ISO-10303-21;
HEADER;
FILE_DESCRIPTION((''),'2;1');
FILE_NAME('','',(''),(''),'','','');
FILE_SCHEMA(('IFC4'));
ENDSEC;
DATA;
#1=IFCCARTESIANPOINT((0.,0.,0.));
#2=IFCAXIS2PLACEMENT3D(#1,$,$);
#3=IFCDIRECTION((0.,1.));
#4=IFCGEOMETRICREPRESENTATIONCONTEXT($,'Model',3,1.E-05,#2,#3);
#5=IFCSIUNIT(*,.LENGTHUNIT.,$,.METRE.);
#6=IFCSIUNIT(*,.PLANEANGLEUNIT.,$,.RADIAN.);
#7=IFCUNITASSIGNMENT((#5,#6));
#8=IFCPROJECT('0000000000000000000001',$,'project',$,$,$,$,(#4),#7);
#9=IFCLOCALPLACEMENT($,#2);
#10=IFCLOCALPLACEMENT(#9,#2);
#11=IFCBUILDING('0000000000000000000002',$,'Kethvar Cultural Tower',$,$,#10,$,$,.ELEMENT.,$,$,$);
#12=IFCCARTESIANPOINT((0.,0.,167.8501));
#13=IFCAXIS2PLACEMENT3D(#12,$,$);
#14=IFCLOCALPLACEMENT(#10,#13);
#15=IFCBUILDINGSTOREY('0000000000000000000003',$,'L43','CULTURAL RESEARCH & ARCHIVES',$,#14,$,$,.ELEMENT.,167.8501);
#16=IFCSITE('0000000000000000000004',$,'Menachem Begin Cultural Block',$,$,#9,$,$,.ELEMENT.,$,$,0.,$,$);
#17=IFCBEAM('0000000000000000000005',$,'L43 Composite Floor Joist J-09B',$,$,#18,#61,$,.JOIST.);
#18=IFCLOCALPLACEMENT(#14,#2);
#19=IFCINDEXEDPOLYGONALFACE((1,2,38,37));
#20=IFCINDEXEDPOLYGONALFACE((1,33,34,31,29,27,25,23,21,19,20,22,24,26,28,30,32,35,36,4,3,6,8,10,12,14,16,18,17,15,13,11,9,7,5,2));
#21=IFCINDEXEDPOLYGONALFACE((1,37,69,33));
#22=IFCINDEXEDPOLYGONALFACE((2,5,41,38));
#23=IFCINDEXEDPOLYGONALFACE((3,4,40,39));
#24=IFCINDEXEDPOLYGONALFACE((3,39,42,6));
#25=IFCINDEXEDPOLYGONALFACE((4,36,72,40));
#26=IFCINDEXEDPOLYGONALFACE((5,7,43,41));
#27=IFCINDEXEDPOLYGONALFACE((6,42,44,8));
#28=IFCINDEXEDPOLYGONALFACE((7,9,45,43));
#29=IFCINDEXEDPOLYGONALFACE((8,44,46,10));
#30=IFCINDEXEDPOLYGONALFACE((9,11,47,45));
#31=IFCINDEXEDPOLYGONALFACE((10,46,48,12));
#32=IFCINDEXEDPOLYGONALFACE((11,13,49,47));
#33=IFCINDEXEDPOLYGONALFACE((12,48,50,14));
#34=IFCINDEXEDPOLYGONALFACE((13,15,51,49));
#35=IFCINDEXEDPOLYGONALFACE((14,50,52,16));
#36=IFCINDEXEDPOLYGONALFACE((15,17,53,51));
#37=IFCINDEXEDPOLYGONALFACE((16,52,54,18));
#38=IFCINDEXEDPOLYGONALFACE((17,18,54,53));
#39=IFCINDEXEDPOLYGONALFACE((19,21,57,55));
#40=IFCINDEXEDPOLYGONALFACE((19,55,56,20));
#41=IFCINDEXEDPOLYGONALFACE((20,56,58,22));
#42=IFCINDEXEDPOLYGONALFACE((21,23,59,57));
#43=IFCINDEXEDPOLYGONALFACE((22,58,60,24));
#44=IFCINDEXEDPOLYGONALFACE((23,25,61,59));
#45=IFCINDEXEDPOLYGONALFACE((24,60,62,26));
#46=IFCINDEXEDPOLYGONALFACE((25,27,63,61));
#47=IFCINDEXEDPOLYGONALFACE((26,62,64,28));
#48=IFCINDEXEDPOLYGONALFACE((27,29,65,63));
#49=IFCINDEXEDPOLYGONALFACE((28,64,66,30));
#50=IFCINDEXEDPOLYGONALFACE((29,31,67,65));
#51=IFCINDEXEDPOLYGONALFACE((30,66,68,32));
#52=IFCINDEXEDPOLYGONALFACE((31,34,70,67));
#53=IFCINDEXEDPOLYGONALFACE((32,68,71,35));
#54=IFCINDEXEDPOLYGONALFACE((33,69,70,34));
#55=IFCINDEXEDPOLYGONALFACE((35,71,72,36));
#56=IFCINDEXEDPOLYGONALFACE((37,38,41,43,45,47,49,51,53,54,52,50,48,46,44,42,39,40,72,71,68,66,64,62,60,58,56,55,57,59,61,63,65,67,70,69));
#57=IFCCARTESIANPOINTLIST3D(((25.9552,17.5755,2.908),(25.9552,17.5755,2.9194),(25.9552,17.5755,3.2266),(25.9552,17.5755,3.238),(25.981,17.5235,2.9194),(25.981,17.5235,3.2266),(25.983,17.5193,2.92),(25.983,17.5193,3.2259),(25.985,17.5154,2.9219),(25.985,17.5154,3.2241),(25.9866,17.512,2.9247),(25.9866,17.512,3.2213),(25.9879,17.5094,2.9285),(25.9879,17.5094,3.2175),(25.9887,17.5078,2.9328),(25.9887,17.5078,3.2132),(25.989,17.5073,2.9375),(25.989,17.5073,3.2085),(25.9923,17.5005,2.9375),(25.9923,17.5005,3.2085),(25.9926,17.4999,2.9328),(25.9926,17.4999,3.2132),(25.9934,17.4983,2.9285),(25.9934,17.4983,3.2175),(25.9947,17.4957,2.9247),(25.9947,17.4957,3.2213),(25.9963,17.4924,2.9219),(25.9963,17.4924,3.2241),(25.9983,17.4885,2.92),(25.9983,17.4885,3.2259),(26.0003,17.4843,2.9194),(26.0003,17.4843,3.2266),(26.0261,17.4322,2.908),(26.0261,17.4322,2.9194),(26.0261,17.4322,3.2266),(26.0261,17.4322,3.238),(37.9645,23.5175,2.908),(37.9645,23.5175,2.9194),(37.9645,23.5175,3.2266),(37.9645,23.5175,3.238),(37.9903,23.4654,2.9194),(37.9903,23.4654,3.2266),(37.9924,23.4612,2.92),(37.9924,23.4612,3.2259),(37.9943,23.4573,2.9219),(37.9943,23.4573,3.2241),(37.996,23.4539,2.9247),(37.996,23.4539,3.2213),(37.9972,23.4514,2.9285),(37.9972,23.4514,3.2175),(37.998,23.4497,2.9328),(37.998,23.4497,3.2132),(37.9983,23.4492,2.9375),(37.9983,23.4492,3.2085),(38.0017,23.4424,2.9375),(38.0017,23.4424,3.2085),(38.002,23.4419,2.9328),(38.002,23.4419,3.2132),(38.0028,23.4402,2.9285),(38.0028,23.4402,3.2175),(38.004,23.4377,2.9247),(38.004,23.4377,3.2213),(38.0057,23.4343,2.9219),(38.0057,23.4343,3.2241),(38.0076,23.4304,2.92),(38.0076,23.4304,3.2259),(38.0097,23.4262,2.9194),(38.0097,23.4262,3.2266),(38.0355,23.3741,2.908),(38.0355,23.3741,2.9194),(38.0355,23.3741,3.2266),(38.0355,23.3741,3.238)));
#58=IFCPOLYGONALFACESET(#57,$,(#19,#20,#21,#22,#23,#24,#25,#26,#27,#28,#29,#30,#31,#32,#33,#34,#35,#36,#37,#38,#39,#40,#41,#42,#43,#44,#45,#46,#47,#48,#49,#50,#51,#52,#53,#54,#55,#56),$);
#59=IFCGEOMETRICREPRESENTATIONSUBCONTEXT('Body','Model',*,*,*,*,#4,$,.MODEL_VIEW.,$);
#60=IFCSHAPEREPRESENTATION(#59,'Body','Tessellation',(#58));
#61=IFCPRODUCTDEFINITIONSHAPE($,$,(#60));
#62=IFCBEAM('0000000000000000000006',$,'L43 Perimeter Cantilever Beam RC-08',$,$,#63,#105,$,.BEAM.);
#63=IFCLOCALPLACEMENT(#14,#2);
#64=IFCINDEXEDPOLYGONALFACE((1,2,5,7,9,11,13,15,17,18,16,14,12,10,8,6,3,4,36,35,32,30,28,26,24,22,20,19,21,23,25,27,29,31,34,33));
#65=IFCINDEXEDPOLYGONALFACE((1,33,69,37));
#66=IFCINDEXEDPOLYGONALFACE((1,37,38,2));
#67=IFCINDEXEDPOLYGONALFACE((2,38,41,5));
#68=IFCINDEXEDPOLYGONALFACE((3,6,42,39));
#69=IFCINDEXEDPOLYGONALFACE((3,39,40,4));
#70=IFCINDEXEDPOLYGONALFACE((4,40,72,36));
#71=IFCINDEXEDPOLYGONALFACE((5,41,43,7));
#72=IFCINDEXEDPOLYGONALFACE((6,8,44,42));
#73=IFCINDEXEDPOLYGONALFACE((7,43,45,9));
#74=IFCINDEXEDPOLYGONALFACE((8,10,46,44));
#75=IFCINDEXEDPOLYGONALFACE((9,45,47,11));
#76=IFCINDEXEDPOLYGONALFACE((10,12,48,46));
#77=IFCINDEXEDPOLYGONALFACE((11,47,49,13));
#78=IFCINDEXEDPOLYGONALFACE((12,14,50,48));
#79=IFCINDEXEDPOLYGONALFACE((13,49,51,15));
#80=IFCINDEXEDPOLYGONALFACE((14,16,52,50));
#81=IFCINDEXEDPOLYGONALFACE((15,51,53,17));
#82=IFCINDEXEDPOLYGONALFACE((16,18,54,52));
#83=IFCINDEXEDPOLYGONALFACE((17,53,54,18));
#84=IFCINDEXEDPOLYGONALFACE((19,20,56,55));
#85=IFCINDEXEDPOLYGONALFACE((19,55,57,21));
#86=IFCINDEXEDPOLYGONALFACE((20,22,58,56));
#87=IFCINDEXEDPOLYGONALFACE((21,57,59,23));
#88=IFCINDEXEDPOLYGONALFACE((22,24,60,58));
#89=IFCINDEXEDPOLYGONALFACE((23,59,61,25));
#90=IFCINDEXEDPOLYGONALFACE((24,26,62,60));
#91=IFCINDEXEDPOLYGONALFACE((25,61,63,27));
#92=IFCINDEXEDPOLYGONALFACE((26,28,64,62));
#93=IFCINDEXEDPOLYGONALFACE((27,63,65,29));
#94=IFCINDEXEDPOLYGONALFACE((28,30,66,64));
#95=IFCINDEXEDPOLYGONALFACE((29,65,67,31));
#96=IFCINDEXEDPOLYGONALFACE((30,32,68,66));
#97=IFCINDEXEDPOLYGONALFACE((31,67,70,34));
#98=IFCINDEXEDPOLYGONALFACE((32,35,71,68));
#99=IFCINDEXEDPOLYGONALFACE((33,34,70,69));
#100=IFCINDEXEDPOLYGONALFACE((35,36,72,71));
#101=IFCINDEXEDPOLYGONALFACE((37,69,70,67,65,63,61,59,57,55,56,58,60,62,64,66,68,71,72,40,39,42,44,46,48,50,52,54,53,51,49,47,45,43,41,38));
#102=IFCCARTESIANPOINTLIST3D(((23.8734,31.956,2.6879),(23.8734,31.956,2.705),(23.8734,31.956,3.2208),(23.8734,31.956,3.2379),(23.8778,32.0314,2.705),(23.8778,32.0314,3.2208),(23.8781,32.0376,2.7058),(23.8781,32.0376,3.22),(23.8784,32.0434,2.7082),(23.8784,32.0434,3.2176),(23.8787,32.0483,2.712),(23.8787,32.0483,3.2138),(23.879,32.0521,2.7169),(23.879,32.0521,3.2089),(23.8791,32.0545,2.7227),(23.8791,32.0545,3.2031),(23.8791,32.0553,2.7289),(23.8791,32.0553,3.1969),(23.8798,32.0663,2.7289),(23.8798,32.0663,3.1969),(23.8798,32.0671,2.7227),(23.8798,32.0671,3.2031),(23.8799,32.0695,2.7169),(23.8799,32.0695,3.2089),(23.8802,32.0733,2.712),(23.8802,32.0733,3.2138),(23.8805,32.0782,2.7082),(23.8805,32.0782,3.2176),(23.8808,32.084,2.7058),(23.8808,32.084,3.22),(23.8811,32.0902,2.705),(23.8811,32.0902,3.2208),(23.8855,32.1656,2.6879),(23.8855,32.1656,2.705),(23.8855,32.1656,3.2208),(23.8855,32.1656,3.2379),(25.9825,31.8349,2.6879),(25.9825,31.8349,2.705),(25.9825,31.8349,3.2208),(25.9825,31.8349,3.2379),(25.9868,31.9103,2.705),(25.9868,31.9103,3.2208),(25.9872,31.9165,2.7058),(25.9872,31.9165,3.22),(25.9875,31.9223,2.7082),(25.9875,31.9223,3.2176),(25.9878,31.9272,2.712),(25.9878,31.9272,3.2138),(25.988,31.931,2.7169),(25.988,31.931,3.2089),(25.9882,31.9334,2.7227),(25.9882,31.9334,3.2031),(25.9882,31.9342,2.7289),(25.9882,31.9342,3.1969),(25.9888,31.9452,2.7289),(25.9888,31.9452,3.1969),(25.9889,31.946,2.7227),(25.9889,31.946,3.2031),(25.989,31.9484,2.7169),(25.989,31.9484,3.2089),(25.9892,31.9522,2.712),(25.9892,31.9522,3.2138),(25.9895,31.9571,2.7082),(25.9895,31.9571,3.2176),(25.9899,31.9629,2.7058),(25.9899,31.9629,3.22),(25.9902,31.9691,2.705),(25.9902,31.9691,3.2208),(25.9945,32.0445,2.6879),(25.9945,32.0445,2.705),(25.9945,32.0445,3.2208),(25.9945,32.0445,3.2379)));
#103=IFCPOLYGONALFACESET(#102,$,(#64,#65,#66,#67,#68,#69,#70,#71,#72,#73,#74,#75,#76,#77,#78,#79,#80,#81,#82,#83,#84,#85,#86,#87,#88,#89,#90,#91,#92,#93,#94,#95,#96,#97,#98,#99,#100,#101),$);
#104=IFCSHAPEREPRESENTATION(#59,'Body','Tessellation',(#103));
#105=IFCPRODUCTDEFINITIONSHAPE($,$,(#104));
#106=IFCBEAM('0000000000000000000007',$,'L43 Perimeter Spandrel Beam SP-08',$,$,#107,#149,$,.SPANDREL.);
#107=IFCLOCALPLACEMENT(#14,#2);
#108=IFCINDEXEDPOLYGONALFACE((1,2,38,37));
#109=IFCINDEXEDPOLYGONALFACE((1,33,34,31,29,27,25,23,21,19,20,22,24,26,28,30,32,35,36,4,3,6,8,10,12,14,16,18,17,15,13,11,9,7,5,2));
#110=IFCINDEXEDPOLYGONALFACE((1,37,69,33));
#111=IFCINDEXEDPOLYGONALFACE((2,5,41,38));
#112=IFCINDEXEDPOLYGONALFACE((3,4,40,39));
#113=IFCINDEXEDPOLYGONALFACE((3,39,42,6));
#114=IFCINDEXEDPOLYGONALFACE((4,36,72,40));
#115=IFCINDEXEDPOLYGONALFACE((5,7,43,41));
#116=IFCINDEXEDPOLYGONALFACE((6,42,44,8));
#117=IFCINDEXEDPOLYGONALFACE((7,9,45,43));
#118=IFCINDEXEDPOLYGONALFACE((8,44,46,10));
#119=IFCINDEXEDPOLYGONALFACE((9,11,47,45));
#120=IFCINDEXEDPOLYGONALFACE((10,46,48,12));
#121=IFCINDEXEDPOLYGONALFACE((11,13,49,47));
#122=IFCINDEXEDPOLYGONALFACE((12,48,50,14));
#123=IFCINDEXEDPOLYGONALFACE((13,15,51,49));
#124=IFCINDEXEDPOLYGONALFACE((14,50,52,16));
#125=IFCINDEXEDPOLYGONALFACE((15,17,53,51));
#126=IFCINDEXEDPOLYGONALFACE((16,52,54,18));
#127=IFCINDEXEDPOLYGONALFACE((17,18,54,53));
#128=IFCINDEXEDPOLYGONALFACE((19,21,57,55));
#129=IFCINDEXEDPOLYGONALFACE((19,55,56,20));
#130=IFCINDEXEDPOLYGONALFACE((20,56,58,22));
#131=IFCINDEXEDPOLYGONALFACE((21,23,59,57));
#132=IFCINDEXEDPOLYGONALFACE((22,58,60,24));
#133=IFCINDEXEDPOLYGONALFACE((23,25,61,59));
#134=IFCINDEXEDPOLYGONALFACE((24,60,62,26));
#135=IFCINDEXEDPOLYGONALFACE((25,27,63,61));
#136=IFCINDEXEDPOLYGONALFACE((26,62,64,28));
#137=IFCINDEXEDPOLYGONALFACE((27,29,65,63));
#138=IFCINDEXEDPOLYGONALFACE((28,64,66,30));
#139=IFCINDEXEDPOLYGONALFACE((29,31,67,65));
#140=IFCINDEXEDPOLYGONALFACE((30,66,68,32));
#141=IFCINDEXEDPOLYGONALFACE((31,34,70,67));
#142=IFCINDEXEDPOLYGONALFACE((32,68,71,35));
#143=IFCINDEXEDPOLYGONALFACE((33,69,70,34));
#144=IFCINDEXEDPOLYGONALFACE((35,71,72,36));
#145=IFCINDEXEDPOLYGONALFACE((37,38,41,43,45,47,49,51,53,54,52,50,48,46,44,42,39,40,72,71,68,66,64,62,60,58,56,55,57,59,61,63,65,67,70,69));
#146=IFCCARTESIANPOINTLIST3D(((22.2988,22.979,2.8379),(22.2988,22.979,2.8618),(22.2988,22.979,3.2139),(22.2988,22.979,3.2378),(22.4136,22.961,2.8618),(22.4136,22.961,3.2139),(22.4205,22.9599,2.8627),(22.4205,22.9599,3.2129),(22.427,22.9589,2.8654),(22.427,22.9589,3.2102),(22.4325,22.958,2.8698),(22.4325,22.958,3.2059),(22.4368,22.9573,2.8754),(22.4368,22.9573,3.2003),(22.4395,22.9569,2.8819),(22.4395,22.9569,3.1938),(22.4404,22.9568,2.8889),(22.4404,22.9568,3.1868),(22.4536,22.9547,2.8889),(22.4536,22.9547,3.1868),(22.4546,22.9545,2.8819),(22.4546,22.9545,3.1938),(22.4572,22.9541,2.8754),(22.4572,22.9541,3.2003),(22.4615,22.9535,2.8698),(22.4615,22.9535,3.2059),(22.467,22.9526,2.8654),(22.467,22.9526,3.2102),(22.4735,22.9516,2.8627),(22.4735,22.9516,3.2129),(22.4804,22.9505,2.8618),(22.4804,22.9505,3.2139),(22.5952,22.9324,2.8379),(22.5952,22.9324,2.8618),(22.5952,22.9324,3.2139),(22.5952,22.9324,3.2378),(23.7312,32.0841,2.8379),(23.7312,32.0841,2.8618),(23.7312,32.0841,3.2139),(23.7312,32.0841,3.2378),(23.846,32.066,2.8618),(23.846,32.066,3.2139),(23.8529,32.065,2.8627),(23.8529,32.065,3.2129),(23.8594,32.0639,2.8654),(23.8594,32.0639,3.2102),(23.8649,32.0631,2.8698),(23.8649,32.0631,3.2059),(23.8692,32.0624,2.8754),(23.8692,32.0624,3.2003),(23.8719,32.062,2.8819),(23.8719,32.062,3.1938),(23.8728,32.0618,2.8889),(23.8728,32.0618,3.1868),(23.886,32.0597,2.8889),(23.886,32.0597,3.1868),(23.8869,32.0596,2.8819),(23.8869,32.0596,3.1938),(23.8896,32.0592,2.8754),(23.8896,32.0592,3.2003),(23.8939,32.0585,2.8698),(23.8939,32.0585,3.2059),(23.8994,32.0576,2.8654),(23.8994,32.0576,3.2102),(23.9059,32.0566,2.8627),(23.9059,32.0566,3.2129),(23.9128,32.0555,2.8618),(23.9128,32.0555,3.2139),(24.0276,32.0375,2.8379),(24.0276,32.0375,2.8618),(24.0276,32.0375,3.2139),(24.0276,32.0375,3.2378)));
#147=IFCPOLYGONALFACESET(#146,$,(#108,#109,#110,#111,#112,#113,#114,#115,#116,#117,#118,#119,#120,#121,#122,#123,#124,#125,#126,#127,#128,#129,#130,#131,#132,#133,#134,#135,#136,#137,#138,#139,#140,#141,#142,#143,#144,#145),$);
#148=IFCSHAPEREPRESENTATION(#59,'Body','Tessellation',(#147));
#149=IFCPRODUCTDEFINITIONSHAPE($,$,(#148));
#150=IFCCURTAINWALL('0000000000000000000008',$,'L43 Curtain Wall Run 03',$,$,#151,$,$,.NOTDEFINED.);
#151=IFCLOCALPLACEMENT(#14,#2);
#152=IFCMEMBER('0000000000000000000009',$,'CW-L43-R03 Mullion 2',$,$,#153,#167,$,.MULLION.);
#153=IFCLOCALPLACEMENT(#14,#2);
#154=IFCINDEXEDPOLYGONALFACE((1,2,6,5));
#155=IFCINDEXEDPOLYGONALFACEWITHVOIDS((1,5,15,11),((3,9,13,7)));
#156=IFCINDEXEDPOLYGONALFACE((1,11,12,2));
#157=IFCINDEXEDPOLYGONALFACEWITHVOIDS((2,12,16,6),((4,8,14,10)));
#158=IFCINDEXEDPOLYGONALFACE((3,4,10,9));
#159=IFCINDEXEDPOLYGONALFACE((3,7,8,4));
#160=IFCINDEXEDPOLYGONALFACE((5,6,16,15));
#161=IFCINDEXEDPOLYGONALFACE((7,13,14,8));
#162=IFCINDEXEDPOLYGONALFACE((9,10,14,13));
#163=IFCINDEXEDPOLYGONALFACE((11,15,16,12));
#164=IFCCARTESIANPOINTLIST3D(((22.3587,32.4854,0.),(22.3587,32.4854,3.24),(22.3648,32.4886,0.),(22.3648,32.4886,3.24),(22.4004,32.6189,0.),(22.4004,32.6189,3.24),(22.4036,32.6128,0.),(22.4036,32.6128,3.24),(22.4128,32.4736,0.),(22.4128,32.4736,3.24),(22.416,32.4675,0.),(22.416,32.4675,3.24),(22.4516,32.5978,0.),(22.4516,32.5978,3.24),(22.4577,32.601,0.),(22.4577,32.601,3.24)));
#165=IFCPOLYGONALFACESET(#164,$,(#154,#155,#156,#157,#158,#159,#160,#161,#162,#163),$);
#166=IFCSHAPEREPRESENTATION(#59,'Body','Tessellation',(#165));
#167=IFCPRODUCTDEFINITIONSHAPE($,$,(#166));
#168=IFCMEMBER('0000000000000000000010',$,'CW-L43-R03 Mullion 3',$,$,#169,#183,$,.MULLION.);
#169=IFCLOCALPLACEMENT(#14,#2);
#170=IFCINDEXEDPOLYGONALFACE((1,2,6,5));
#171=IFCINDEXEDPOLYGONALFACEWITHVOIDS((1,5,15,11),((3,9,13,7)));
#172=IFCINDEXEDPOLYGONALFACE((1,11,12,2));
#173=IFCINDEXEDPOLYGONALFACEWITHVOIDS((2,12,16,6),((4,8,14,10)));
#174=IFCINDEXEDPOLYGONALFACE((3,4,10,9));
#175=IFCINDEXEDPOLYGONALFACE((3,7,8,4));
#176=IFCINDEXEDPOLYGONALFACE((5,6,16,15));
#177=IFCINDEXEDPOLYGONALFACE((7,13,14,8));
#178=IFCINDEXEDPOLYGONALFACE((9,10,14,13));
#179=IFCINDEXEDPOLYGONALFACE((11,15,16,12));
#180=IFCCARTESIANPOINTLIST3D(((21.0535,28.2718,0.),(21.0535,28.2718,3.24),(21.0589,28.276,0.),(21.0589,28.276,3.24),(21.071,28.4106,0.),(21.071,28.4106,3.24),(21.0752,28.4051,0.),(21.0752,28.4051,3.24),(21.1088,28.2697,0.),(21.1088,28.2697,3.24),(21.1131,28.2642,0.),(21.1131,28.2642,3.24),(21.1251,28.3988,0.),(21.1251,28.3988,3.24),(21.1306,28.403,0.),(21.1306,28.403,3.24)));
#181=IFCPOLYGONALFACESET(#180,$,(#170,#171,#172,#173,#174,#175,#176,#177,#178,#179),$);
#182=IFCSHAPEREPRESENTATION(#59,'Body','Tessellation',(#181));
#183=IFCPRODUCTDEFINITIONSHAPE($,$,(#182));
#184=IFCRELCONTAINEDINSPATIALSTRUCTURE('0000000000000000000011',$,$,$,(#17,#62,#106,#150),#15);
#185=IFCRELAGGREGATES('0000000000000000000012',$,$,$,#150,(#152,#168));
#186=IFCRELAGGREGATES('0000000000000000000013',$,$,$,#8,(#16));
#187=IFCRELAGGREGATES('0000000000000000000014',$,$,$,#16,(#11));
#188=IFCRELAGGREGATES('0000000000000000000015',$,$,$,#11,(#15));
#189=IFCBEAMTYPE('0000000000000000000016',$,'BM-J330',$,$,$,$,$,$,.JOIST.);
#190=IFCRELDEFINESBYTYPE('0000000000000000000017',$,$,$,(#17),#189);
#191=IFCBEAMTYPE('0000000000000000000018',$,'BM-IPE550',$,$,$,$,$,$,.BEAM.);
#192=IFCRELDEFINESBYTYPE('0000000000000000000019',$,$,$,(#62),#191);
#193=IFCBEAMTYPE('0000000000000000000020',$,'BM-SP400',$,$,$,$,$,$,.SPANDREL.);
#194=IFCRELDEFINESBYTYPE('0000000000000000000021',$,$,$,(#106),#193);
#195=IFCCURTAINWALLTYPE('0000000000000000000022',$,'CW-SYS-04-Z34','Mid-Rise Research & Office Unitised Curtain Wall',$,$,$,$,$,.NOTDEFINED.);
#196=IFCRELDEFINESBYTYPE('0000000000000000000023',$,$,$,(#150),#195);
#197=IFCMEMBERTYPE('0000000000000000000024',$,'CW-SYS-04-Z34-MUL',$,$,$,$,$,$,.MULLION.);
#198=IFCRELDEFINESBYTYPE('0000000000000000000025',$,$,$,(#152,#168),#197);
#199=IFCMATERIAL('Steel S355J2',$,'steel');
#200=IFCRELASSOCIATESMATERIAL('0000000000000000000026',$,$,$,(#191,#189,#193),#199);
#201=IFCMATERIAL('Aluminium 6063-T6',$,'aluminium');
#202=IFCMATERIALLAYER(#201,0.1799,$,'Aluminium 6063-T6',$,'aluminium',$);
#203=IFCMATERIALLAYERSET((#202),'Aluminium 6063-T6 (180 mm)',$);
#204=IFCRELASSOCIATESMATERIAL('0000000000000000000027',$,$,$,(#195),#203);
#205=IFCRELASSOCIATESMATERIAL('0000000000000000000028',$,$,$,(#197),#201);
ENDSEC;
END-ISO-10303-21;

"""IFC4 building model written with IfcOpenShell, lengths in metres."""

from ifc_helpers import new_model, si_unit, direction, frame, origin, origin_2d, place, context, subcontext, project, spatial, hollow_rectangle, i_section, extrude, source, transform, mapped, material, layer, layer_set, material_profile, profile_set, type_object, element, aggregate, save


model = new_model("IFC4")

# Units and contexts
model_context = context("Model", 3, precision=1e-05, world=origin(), true_north=direction((0.0, 1.0)))
body_context = subcontext(model_context, "Body", "Model", "MODEL_VIEW")
ifc_project = project(units=[si_unit("LENGTHUNIT", "METRE"), si_unit("PLANEANGLEUNIT", "RADIAN")], contexts=[model_context])

# Site, building, storey
site_placement = place(None, origin())
site = spatial("IfcSite", under=ifc_project, at=site_placement, Name="Menachem Begin Cultural Block", CompositionType="ELEMENT", RefElevation=0.0)
building_placement = place(site_placement, origin())
building = spatial("IfcBuilding", under=site, at=building_placement, Name="Kethvar Cultural Tower", CompositionType="ELEMENT")
storey_placement = place(building_placement, frame((0.0, 0.0, 167.8501)))
storey = spatial("IfcBuildingStorey", under=building, at=storey_placement, Name="L43", Description="CULTURAL RESEARCH & ARCHIVES", CompositionType="ELEMENT", Elevation=167.8501)

# Beams
ifc_material_1 = material(Name="Steel S355J2", Category="steel")
ifc_material_profile_1 = material_profile(ifc_material_1, i_section(OverallWidth=0.21, OverallDepth=0.55, WebThickness=0.011, FlangeThickness=0.0171, FilletRadius=0.0239, at=origin_2d()), Name="Steel S355J2 — IPE550")
ifc_profile_set_1 = profile_set([ifc_material_profile_1], Name="Steel S355J2 — IPE550")
beam_type_1 = type_object("IfcBeamType", Name="BM-IPE550", PredefinedType="BEAM", material=ifc_profile_set_1)
ifc_material_profile_2 = material_profile(ifc_material_1, i_section(OverallWidth=0.1599, OverallDepth=0.3301, WebThickness=0.0076, FlangeThickness=0.0115, FilletRadius=0.0181, at=origin_2d()), Name="Steel S355J2 — IPE330")
ifc_profile_set_2 = profile_set([ifc_material_profile_2], Name="Steel S355J2 — IPE330")
beam_type_2 = type_object("IfcBeamType", Name="BM-J330", PredefinedType="JOIST", material=ifc_profile_set_2)
shared_shape_1 = source(origin(), body_context, "Body", "SweptSolid", [
    extrude(i_section(OverallWidth=0.1599, OverallDepth=0.3301, WebThickness=0.0076, FlangeThickness=0.0115, FilletRadius=0.0181, at=origin_2d()), origin(), (0.0, 0.0, 1.0), 13.3989),
])
beam_1_placement = place(storey_placement, frame((38.0, 23.4458, 3.073), z_axis=(-0.896292, -0.443463, 0.0), x_axis=(0.443463, -0.896292, 0.0)))
element("IfcBeam", 1, at=beam_1_placement, inside=storey, type_object=beam_type_2, Name="L43 Composite Floor Joist J-09B", PredefinedType="JOIST", context=body_context, shape_type="MappedRepresentation", body=[
    mapped(shared_shape_1, transform((0.0, 0.0, 0.0), scale=1.0)),
])
shared_shape_2 = source(origin(), body_context, "Body", "SweptSolid", [
    extrude(i_section(OverallWidth=0.21, OverallDepth=0.55, WebThickness=0.011, FlangeThickness=0.0171, FilletRadius=0.0239, at=origin_2d()), origin(), (0.0, 0.0, 1.0), 2.1125),
])
beam_2_placement = place(storey_placement, frame((25.9885, 31.9397, 2.9629), z_axis=(-0.998356, 0.05732, 0.0), x_axis=(-0.05732, -0.998356, 0.0)))
element("IfcBeam", 2, at=beam_2_placement, inside=storey, type_object=beam_type_1, Name="L43 Perimeter Cantilever Beam RC-08", PredefinedType="BEAM", context=body_context, shape_type="MappedRepresentation", body=[
    mapped(shared_shape_2, transform((0.0, 0.0, 0.0), scale=1.0)),
])
ifc_material_profile_3 = material_profile(ifc_material_1, i_section(OverallWidth=0.3, OverallDepth=0.3999, WebThickness=0.0134, FlangeThickness=0.0239, FilletRadius=0.0271, at=origin_2d()), Name="Steel S355J2 — HEB400")
ifc_profile_set_3 = profile_set([ifc_material_profile_3], Name="Steel S355J2 — HEB400")
beam_type_3 = type_object("IfcBeamType", Name="BM-SP400", PredefinedType="SPANDREL", material=ifc_profile_set_3)
shared_shape_3 = source(origin(), body_context, "Body", "SweptSolid", [
    extrude(i_section(OverallWidth=0.3, OverallDepth=0.3999, WebThickness=0.0134, FlangeThickness=0.0239, FilletRadius=0.0271, at=origin_2d()), origin(), (0.0, 0.0, 1.0), 9.217),
])
beam_3_placement = place(storey_placement, frame((23.8794, 32.0608, 3.0378), z_axis=(-0.155406, -0.987851, 0.0), x_axis=(0.987851, -0.155406, 0.0)))
element("IfcBeam", 3, at=beam_3_placement, inside=storey, type_object=beam_type_3, Name="L43 Perimeter Spandrel Beam SP-08", PredefinedType="SPANDREL", context=body_context, shape_type="MappedRepresentation", body=[
    mapped(shared_shape_3, transform((0.0, 0.0, 0.0), scale=1.0)),
])

# Curtain wall, members
ifc_material_2 = material(Name="Aluminium 6063-T6", Category="aluminium")
ifc_layer_1 = layer(ifc_material_2, 0.1799, Name="Aluminium 6063-T6", Category="aluminium")
ifc_layer_set_1 = layer_set([ifc_layer_1], Name="Aluminium 6063-T6 (180 mm)")
curtain_wall_type = type_object("IfcCurtainWallType", Name="CW-SYS-04-Z34", Description="Mid-Rise Research & Office Unitised Curtain Wall", PredefinedType="NOTDEFINED", material=ifc_layer_set_1)
curtain_wall_placement = place(storey_placement, origin())
curtain_wall = element("IfcCurtainWall", 4, at=curtain_wall_placement, inside=storey, type_object=curtain_wall_type, Name="L43 Curtain Wall Run 03", PredefinedType="NOTDEFINED")
ifc_material_profile_4 = material_profile(ifc_material_2, hollow_rectangle(XDim=0.0601, YDim=0.1399, WallThickness=0.0049, at=origin_2d()), Name="Aluminium 6063-T6 — RHS140x60x5")
ifc_profile_set_4 = profile_set([ifc_material_profile_4], Name="Aluminium 6063-T6 — RHS140x60x5")
member_type_1 = type_object("IfcMemberType", Name="CW-SYS-04-Z34-MUL", PredefinedType="MULLION", material=ifc_profile_set_4)
shared_shape_4 = source(origin(), body_context, "Body", "SweptSolid", [
    extrude(hollow_rectangle(XDim=0.0601, YDim=0.1399, WallThickness=0.0049, at=origin_2d()), origin(), (0.0, 0.0, 1.0), 3.24),
])
member_1_placement = place(storey_placement, frame((22.4082, 32.5432, 0.0), z_axis=(0.0, 0.0, 1.0), x_axis=(0.954475, -0.298291, 0.0)))
member_1 = element("IfcMember", 5, at=member_1_placement, type_object=member_type_1, Name="CW-L43-R03 Mullion 2", PredefinedType="MULLION", context=body_context, shape_type="MappedRepresentation", body=[
    mapped(shared_shape_4, transform((0.0, 0.0, 0.0), scale=1.0)),
])
member_2_placement = place(storey_placement, frame((21.092, 28.3374, 0.0), z_axis=(0.0, 0.0, 1.0), x_axis=(0.99211, -0.125368, 0.0)))
member_2 = element("IfcMember", 6, at=member_2_placement, type_object=member_type_1, Name="CW-L43-R03 Mullion 3", PredefinedType="MULLION", context=body_context, shape_type="MappedRepresentation", body=[
    mapped(shared_shape_4, transform((0.0, 0.0, 0.0), scale=1.0)),
])
aggregate(curtain_wall, [member_1, member_2])

save(model, "model.ifc")
